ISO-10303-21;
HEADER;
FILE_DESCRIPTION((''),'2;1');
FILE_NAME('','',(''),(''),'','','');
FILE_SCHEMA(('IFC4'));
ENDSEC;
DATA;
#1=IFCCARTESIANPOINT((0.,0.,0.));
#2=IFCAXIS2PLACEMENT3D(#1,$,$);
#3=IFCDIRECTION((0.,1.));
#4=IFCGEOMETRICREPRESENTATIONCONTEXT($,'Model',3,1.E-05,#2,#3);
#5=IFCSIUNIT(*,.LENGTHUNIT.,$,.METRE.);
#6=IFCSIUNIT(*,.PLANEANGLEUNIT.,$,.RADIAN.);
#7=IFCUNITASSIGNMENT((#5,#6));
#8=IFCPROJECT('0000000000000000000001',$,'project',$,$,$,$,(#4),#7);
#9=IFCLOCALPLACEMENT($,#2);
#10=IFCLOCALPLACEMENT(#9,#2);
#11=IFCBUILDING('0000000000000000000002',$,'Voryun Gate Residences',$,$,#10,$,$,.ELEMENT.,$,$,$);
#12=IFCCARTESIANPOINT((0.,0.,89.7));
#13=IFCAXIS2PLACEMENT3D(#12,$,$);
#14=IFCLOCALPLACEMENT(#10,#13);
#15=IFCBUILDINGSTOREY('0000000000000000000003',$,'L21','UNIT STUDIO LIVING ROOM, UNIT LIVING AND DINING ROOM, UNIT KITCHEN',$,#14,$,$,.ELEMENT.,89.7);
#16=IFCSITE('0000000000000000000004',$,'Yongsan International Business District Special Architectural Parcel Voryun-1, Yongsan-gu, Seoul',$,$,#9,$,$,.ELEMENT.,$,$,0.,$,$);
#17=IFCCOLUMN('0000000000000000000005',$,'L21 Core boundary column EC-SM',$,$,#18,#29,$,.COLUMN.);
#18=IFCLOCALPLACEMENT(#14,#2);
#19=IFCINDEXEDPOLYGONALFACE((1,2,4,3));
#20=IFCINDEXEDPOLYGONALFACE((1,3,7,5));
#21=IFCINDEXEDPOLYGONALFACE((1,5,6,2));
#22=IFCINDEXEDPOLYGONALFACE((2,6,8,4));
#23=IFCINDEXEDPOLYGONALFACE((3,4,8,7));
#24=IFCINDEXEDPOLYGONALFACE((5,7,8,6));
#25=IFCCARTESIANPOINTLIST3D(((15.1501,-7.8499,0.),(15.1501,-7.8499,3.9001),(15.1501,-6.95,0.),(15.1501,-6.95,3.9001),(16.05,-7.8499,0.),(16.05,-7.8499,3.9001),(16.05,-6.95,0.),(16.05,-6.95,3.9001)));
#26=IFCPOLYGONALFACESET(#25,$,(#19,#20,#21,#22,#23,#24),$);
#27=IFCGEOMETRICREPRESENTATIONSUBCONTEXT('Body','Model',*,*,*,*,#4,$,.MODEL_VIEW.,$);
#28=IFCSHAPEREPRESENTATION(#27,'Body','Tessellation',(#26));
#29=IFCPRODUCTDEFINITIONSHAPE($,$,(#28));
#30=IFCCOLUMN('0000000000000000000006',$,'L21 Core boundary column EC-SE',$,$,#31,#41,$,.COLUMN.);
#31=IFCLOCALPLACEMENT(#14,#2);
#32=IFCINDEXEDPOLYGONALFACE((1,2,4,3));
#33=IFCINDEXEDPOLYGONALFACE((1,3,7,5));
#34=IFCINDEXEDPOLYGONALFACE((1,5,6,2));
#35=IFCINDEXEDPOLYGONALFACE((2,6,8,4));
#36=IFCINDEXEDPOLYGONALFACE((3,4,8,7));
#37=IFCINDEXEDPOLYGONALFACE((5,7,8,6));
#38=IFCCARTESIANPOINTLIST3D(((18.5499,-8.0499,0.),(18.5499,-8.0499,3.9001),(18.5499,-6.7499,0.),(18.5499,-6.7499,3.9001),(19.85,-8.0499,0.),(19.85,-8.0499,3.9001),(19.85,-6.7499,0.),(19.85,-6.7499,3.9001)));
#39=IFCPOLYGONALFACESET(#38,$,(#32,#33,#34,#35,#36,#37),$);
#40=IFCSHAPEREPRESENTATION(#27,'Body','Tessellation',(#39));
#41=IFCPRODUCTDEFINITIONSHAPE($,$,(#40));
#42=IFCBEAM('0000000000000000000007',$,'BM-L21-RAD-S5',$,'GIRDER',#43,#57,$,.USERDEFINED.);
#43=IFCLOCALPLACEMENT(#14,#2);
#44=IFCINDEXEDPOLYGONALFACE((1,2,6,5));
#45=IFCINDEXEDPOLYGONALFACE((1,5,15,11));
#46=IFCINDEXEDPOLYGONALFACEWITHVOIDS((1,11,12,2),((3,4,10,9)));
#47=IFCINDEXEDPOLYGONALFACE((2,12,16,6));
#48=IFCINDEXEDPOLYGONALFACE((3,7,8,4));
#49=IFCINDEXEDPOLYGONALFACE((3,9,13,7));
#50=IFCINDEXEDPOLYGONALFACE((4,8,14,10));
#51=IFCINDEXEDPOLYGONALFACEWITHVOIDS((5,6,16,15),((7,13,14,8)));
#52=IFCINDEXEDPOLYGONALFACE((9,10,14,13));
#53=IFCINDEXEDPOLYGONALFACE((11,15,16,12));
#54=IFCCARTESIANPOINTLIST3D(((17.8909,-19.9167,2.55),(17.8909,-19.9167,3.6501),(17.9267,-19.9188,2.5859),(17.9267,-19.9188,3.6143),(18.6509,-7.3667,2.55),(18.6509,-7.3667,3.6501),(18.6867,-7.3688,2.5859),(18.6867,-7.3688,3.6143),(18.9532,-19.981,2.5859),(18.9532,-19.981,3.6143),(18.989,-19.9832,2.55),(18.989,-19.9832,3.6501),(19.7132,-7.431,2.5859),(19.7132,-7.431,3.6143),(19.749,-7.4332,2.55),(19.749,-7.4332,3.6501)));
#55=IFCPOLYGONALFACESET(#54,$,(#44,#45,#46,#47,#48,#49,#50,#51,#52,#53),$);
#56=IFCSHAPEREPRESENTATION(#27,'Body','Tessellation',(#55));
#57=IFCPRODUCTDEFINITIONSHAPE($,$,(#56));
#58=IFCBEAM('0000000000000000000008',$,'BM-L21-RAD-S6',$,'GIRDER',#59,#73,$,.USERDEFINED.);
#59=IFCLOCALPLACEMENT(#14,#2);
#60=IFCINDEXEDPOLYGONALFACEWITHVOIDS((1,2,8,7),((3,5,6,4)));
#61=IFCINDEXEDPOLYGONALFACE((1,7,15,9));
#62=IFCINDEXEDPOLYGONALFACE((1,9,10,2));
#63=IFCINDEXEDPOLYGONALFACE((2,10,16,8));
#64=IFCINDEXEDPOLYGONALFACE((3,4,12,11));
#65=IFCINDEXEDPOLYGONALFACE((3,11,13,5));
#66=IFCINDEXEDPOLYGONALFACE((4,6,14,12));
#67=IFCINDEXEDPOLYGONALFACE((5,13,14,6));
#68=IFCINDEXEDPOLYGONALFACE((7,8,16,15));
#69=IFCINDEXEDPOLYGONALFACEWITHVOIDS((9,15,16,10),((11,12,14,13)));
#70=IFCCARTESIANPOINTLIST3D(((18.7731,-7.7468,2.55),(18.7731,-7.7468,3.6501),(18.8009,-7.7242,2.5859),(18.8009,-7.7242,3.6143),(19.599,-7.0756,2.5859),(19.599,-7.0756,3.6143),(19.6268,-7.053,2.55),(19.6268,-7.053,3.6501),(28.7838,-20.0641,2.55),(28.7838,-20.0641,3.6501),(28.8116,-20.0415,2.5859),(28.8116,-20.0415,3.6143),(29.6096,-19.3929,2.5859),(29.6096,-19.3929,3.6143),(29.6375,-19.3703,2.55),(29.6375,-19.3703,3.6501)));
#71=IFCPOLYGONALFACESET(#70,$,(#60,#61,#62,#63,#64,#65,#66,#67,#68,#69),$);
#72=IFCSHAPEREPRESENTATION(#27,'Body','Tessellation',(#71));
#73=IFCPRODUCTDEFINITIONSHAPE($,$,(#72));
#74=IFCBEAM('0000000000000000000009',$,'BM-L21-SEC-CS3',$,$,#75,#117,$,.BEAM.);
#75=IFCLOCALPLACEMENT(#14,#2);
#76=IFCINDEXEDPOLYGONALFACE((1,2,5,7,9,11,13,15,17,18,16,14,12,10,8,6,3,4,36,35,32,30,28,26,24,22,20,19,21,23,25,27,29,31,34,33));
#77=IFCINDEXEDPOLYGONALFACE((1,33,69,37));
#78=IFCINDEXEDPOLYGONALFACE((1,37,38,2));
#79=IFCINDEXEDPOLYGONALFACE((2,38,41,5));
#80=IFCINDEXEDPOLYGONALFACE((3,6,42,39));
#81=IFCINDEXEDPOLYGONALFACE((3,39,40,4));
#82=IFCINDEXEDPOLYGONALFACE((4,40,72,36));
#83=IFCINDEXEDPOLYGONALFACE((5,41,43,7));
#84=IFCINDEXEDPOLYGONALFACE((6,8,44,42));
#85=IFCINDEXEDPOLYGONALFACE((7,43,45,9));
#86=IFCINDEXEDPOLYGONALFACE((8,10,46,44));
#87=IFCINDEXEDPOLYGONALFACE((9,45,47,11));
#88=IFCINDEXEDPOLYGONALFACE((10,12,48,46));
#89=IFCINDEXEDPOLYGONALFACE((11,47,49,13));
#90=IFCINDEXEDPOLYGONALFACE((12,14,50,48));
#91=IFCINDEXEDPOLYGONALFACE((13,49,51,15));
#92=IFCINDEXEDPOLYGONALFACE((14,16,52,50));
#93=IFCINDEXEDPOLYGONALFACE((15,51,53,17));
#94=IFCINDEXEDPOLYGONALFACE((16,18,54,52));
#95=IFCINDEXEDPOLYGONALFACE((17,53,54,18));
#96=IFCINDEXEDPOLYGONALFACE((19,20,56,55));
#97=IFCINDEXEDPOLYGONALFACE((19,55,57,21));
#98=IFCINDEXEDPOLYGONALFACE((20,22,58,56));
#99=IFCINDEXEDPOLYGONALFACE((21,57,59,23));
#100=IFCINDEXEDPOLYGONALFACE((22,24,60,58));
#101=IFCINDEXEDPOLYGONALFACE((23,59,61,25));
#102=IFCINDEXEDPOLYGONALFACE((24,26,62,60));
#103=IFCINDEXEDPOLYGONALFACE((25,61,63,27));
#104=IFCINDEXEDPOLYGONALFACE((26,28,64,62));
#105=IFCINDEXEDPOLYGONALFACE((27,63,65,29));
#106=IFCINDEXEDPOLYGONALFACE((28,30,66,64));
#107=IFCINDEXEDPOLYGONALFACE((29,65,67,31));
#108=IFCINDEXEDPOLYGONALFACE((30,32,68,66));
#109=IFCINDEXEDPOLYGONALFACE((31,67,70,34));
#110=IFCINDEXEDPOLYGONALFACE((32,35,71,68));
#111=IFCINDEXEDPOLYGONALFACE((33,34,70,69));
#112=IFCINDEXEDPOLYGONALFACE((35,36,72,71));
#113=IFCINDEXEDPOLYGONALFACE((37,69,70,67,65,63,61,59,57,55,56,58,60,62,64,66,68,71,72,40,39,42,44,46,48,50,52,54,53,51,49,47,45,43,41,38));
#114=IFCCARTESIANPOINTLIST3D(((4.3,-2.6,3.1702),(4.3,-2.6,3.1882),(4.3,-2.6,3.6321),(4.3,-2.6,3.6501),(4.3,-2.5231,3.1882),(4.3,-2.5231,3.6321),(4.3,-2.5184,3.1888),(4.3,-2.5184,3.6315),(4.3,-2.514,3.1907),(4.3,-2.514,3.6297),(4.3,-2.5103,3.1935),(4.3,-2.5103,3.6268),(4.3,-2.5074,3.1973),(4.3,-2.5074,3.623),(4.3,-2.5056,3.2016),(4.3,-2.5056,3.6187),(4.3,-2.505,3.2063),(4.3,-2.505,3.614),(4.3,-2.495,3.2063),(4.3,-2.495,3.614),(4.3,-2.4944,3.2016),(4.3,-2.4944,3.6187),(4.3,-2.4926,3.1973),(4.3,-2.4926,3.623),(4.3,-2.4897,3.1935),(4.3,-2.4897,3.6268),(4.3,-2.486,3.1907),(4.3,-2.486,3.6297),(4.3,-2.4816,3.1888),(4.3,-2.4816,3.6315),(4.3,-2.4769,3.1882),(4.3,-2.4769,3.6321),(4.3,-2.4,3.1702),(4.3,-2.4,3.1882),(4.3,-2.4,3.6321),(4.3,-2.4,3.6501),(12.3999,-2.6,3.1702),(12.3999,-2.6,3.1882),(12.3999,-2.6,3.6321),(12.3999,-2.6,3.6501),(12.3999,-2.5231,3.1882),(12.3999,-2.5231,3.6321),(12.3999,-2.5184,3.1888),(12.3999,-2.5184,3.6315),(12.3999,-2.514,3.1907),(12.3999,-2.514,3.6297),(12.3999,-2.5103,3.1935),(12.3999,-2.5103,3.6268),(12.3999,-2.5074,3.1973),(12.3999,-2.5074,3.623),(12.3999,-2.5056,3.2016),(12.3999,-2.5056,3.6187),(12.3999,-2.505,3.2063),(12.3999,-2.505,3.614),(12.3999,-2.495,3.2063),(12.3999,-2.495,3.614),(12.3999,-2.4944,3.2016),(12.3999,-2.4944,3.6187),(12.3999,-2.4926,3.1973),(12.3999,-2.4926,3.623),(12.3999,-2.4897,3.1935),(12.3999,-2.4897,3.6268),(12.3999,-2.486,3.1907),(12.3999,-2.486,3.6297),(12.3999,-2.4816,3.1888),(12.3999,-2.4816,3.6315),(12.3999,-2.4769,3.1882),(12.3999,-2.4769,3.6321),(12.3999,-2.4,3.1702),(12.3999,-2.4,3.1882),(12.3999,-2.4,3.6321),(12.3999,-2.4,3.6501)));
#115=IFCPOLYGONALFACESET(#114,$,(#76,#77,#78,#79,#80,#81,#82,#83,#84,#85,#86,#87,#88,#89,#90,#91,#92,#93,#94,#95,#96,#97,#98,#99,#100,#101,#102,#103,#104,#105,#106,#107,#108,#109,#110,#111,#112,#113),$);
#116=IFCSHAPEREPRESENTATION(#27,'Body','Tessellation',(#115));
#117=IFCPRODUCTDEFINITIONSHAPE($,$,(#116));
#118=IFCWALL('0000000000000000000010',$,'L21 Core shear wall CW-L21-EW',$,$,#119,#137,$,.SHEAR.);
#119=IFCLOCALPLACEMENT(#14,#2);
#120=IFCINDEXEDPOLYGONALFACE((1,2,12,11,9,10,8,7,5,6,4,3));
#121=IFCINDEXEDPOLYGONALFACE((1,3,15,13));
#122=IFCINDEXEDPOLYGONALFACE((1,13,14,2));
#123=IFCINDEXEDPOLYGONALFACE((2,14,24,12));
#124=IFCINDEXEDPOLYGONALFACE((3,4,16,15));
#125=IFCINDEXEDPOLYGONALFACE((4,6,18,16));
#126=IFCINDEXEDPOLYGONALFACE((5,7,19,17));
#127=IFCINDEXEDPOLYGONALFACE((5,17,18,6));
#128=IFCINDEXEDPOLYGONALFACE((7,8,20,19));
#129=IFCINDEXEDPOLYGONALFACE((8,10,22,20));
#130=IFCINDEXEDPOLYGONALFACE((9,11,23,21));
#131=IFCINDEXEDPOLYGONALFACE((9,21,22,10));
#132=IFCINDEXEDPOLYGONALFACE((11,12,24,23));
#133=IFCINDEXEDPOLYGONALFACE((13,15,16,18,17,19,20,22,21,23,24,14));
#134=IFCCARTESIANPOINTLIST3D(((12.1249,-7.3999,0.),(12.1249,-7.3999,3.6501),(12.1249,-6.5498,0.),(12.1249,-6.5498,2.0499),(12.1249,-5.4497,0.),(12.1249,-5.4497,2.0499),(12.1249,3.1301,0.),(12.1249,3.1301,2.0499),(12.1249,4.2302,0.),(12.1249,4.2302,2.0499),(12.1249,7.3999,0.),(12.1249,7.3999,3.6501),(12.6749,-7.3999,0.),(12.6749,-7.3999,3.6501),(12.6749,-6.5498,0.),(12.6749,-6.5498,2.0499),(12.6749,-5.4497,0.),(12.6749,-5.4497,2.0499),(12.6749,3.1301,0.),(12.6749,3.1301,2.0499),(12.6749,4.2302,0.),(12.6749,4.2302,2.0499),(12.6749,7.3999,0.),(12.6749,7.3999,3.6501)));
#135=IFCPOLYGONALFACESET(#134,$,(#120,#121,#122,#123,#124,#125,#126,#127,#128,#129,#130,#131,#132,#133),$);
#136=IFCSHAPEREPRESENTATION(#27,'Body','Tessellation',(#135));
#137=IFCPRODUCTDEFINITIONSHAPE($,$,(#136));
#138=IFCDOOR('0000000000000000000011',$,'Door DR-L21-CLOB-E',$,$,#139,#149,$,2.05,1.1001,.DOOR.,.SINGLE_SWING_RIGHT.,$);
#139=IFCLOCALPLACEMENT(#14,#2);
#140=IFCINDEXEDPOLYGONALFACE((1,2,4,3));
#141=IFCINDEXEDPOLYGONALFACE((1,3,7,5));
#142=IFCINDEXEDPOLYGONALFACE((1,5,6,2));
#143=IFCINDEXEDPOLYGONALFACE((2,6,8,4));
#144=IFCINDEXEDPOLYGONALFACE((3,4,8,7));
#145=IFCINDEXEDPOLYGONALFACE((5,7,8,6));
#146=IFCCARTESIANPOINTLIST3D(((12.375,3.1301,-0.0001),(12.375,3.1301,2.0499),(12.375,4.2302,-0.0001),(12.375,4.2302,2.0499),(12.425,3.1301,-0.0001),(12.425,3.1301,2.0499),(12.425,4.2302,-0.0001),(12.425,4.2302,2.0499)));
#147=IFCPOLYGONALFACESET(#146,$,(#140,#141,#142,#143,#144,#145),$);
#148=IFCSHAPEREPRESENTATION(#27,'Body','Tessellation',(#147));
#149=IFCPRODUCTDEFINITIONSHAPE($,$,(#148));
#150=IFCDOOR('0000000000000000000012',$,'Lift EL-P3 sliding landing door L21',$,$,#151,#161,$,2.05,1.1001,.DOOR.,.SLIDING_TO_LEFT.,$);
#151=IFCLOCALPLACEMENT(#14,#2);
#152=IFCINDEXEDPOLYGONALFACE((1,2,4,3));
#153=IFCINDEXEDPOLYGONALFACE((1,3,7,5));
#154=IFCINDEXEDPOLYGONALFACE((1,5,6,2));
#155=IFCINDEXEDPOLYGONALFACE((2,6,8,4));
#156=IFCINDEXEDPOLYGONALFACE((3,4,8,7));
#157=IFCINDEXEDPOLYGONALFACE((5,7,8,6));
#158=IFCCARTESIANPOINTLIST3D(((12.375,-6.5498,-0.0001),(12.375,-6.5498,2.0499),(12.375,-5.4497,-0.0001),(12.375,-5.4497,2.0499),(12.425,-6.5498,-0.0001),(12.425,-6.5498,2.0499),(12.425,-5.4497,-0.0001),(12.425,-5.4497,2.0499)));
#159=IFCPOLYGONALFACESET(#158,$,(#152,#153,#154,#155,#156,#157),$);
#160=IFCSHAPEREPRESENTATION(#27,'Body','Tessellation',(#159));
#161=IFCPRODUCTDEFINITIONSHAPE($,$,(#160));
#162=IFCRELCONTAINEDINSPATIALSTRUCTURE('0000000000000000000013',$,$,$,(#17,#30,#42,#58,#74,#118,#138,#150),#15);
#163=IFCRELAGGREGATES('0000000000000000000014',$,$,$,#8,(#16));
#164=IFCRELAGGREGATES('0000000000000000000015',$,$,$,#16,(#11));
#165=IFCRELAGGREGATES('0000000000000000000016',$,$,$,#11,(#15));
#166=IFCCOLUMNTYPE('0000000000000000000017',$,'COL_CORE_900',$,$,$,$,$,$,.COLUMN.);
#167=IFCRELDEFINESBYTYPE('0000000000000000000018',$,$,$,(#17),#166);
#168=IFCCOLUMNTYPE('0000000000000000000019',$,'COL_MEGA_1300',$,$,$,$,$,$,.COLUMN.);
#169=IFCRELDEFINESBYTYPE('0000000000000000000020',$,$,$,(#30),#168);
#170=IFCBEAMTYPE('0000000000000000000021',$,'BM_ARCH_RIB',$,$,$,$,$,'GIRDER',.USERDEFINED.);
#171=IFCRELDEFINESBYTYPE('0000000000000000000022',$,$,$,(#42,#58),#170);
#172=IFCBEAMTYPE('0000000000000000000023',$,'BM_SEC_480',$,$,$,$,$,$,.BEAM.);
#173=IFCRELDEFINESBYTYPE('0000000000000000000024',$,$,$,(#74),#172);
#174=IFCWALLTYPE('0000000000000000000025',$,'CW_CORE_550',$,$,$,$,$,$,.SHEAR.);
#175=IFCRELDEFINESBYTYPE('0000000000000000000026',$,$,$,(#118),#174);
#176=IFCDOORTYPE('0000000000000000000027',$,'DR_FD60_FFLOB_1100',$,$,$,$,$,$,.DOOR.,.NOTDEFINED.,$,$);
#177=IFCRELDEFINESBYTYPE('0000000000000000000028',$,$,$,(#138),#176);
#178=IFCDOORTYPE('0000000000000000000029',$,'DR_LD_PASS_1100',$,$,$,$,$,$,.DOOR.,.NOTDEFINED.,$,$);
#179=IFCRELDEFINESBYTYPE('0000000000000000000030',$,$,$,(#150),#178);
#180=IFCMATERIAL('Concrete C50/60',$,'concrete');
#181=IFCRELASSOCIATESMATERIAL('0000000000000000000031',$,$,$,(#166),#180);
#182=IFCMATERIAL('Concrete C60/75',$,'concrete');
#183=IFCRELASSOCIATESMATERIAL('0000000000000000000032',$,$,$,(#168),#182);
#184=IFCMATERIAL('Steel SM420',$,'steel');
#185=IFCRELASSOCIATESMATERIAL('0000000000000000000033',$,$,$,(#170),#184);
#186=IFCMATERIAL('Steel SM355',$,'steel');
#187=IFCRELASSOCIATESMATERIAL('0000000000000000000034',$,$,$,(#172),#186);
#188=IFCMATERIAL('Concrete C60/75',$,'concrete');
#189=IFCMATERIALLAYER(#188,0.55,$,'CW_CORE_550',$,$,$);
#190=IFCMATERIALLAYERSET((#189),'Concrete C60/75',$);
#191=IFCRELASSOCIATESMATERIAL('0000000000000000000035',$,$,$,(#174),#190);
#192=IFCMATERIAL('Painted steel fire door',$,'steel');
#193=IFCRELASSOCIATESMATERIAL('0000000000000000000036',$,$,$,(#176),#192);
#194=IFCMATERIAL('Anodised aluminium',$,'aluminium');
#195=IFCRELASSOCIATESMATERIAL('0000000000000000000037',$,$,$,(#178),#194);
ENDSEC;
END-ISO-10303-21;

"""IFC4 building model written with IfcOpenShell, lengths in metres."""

from ifc_helpers import new_model, si_unit, direction, frame, frame_2d, origin, origin_2d, place, context, subcontext, project, spatial, rectangle, hollow_rectangle, i_section, extrude, material, layer, layer_set, material_profile, profile_set, type_object, element, fill, save


model = new_model("IFC4")

# Units and contexts
model_context = context("Model", 3, precision=1e-05, world=origin(), true_north=direction((0.0, 1.0)))
body_context = subcontext(model_context, "Body", "Model", "MODEL_VIEW")
ifc_project = project(units=[si_unit("LENGTHUNIT", "METRE"), si_unit("PLANEANGLEUNIT", "RADIAN")], contexts=[model_context])

# Site, building, storey
site_placement = place(None, origin())
site = spatial("IfcSite", under=ifc_project, at=site_placement, Name="Yongsan International Business District Special Architectural Parcel Voryun-1, Yongsan-gu, Seoul", CompositionType="ELEMENT", RefElevation=0.0)
building_placement = place(site_placement, origin())
building = spatial("IfcBuilding", under=site, at=building_placement, Name="Voryun Gate Residences", CompositionType="ELEMENT")
storey_placement = place(building_placement, frame((0.0, 0.0, 89.7)))
storey = spatial("IfcBuildingStorey", under=building, at=storey_placement, Name="L21", Description="UNIT STUDIO LIVING ROOM, UNIT LIVING AND DINING ROOM, UNIT KITCHEN", CompositionType="ELEMENT", Elevation=89.7)

# Columns
ifc_material_1 = material(Name="Concrete C50/60", Category="concrete")
ifc_material_profile_1 = material_profile(ifc_material_1, rectangle(XDim=0.8999, YDim=0.8999, at=origin_2d()), Name="RC-900x900")
ifc_profile_set_1 = profile_set([ifc_material_profile_1], Name="Concrete C50/60")
column_type_1 = type_object("IfcColumnType", Name="COL_CORE_900", PredefinedType="COLUMN", material=ifc_profile_set_1)
column_1_placement = place(storey_placement, frame((15.6001, -7.3999, 0.0), z_axis=(0.0, 0.0, 1.0), x_axis=(1.0, 0.0, 0.0)))
element("IfcColumn", 1, at=column_1_placement, inside=storey, type_object=column_type_1, Name="L21 Core boundary column EC-SM", PredefinedType="COLUMN", context=body_context, shape_type="SweptSolid", body=[
    extrude(rectangle(XDim=0.8999, YDim=0.8999, at=origin_2d()), origin(), (0.0, 0.0, 1.0), 3.9001),
])
ifc_material_2 = material(Name="Concrete C60/75", Category="concrete")
ifc_material_profile_2 = material_profile(ifc_material_2, rectangle(XDim=1.3, YDim=1.3, at=origin_2d()), Name="RC-1300x1300")
ifc_profile_set_2 = profile_set([ifc_material_profile_2], Name="Concrete C60/75")
column_type_2 = type_object("IfcColumnType", Name="COL_MEGA_1300", PredefinedType="COLUMN", material=ifc_profile_set_2)
column_2_placement = place(storey_placement, frame((19.2, -7.3999, 0.0), z_axis=(0.0, 0.0, 1.0), x_axis=(1.0, 0.0, 0.0)))
element("IfcColumn", 2, at=column_2_placement, inside=storey, type_object=column_type_2, Name="L21 Core boundary column EC-SE", PredefinedType="COLUMN", context=body_context, shape_type="SweptSolid", body=[
    extrude(rectangle(XDim=1.3, YDim=1.3, at=origin_2d()), origin(), (0.0, 0.0, 1.0), 3.9001),
])

# Beams
ifc_material_3 = material(Name="Steel SM420", Category="steel")
ifc_material_profile_3 = material_profile(ifc_material_3, hollow_rectangle(XDim=1.1001, YDim=1.1001, WallThickness=0.0359, at=origin_2d()), Name="BOX-1100x1100x36")
ifc_profile_set_3 = profile_set([ifc_material_profile_3], Name="Steel SM420")
beam_type_1 = type_object("IfcBeamType", Name="BM_ARCH_RIB", ElementType="GIRDER", PredefinedType="USERDEFINED", material=ifc_profile_set_3)
beam_1_placement = place(storey_placement, frame((19.2, -7.3999, 3.1001), z_axis=(-0.060448, -0.998171, 0.0), x_axis=(0.998171, -0.060448, 0.0)))
element("IfcBeam", 3, at=beam_1_placement, inside=storey, type_object=beam_type_1, Name="BM-L21-RAD-S5", ObjectType="GIRDER", PredefinedType="USERDEFINED", context=body_context, shape_type="SweptSolid", body=[
    extrude(hollow_rectangle(XDim=1.1001, YDim=1.1001, WallThickness=0.0359, at=origin_2d()), origin(), (0.0, 0.0, 1.0), 12.573),
])
beam_2_placement = place(storey_placement, frame((19.2, -7.3999, 3.1001), z_axis=(0.630701, -0.776026, 0.0), x_axis=(0.776026, 0.630701, 0.0)))
element("IfcBeam", 4, at=beam_2_placement, inside=storey, type_object=beam_type_1, Name="BM-L21-RAD-S6", ObjectType="GIRDER", PredefinedType="USERDEFINED", context=body_context, shape_type="SweptSolid", body=[
    extrude(hollow_rectangle(XDim=1.1001, YDim=1.1001, WallThickness=0.0359, at=origin_2d()), origin(), (0.0, 0.0, 1.0), 15.8723),
])
ifc_material_4 = material(Name="Steel SM355", Category="steel")
ifc_material_profile_4 = material_profile(ifc_material_4, i_section(OverallWidth=0.2, OverallDepth=0.48, WebThickness=0.01, FlangeThickness=0.0181, FilletRadius=0.0181, at=origin_2d()), Name="H-480x200x10x18")
ifc_profile_set_4 = profile_set([ifc_material_profile_4], Name="Steel SM355")
beam_type_2 = type_object("IfcBeamType", Name="BM_SEC_480", PredefinedType="BEAM", material=ifc_profile_set_4)
beam_3_placement = place(storey_placement, frame((4.3, -2.5, 3.4102), z_axis=(1.0, 0.0, 0.0), x_axis=(0.0, 1.0, 0.0)))
element("IfcBeam", 5, at=beam_3_placement, inside=storey, type_object=beam_type_2, Name="BM-L21-SEC-CS3", PredefinedType="BEAM", context=body_context, shape_type="SweptSolid", body=[
    extrude(i_section(OverallWidth=0.2, OverallDepth=0.48, WebThickness=0.01, FlangeThickness=0.0181, FilletRadius=0.0181, at=origin_2d()), origin(), (0.0, 0.0, 1.0), 8.0999),
])

# Wall, openings, doors
ifc_material_5 = material(Name="Concrete C60/75", Category="concrete")
ifc_layer_1 = layer(ifc_material_5, 0.55, Name="CW_CORE_550")
ifc_layer_set_1 = layer_set([ifc_layer_1], Name="Concrete C60/75")
wall_type_1 = type_object("IfcWallType", Name="CW_CORE_550", PredefinedType="SHEAR", material=ifc_layer_set_1)
wall_1_placement = place(storey_placement, frame((12.3999, -7.3999, 0.0), z_axis=(0.0, 0.0, 1.0), x_axis=(0.0, 1.0, 0.0)))
wall_1 = element("IfcWall", 6, at=wall_1_placement, inside=storey, type_object=wall_type_1, Name="L21 Core shear wall CW-L21-EW", PredefinedType="SHEAR", context=body_context, shape_type="SweptSolid", body=[
    extrude(rectangle(XDim=14.7998, YDim=0.55, at=frame_2d((7.3999, 0.0))), origin(), (0.0, 0.0, 1.0), 3.6501),
])
opening_1_placement = place(wall_1_placement, frame((0.8501, 0.0, 0.0)))
opening_1 = element("IfcOpeningElement", 7, at=opening_1_placement, cuts=wall_1, PredefinedType="OPENING", context=body_context, shape_type="SweptSolid", body=[
    extrude(rectangle(XDim=1.1001, YDim=2.05, at=frame_2d((0.55, 1.0249))), frame((0.0, 0.2849, 0.0), z_axis=(0.0, -1.0, 0.0), x_axis=(1.0, 0.0, 0.0)), (0.0, 0.0, 1.0), 0.5701),
])
opening_2_placement = place(wall_1_placement, frame((10.53, 0.0, 0.0)))
opening_2 = element("IfcOpeningElement", 8, at=opening_2_placement, cuts=wall_1, PredefinedType="OPENING", context=body_context, shape_type="SweptSolid", body=[
    extrude(rectangle(XDim=1.1001, YDim=2.05, at=frame_2d((0.55, 1.0249))), frame((0.0, 0.2849, 0.0), z_axis=(0.0, -1.0, 0.0), x_axis=(1.0, 0.0, 0.0)), (0.0, 0.0, 1.0), 0.5701),
])
ifc_material_6 = material(Name="Painted steel fire door", Category="steel")
door_type_1 = type_object("IfcDoorType", Name="DR_FD60_FFLOB_1100", OperationType="NOTDEFINED", PredefinedType="DOOR", material=ifc_material_6)
door_1_placement = place(opening_2_placement, origin())
door_1 = element("IfcDoor", 9, at=door_1_placement, inside=storey, type_object=door_type_1, Name="Door DR-L21-CLOB-E", OperationType="SINGLE_SWING_RIGHT", OverallHeight=2.05, OverallWidth=1.1001, PredefinedType="DOOR", context=body_context, shape_type="SweptSolid", body=[
    extrude(rectangle(XDim=1.1001, YDim=2.05, at=frame_2d((0.55, 1.0249))), frame((0.0, 0.0249, 0.0), z_axis=(0.0, -1.0, 0.0), x_axis=(1.0, 0.0, 0.0)), (0.0, 0.0, 1.0), 0.05),
])
fill(opening_2, door_1)
ifc_material_7 = material(Name="Anodised aluminium", Category="aluminium")
door_type_2 = type_object("IfcDoorType", Name="DR_LD_PASS_1100", OperationType="NOTDEFINED", PredefinedType="DOOR", material=ifc_material_7)
door_2_placement = place(opening_1_placement, origin())
door_2 = element("IfcDoor", 10, at=door_2_placement, inside=storey, type_object=door_type_2, Name="Lift EL-P3 sliding landing door L21", OperationType="SLIDING_TO_LEFT", OverallHeight=2.05, OverallWidth=1.1001, PredefinedType="DOOR", context=body_context, shape_type="SweptSolid", body=[
    extrude(rectangle(XDim=1.1001, YDim=2.05, at=frame_2d((0.55, 1.0249))), frame((0.0, 0.0249, 0.0), z_axis=(0.0, -1.0, 0.0), x_axis=(1.0, 0.0, 0.0)), (0.0, 0.0, 1.0), 0.05),
])
fill(opening_1, door_2)

save(model, "model.ifc")
